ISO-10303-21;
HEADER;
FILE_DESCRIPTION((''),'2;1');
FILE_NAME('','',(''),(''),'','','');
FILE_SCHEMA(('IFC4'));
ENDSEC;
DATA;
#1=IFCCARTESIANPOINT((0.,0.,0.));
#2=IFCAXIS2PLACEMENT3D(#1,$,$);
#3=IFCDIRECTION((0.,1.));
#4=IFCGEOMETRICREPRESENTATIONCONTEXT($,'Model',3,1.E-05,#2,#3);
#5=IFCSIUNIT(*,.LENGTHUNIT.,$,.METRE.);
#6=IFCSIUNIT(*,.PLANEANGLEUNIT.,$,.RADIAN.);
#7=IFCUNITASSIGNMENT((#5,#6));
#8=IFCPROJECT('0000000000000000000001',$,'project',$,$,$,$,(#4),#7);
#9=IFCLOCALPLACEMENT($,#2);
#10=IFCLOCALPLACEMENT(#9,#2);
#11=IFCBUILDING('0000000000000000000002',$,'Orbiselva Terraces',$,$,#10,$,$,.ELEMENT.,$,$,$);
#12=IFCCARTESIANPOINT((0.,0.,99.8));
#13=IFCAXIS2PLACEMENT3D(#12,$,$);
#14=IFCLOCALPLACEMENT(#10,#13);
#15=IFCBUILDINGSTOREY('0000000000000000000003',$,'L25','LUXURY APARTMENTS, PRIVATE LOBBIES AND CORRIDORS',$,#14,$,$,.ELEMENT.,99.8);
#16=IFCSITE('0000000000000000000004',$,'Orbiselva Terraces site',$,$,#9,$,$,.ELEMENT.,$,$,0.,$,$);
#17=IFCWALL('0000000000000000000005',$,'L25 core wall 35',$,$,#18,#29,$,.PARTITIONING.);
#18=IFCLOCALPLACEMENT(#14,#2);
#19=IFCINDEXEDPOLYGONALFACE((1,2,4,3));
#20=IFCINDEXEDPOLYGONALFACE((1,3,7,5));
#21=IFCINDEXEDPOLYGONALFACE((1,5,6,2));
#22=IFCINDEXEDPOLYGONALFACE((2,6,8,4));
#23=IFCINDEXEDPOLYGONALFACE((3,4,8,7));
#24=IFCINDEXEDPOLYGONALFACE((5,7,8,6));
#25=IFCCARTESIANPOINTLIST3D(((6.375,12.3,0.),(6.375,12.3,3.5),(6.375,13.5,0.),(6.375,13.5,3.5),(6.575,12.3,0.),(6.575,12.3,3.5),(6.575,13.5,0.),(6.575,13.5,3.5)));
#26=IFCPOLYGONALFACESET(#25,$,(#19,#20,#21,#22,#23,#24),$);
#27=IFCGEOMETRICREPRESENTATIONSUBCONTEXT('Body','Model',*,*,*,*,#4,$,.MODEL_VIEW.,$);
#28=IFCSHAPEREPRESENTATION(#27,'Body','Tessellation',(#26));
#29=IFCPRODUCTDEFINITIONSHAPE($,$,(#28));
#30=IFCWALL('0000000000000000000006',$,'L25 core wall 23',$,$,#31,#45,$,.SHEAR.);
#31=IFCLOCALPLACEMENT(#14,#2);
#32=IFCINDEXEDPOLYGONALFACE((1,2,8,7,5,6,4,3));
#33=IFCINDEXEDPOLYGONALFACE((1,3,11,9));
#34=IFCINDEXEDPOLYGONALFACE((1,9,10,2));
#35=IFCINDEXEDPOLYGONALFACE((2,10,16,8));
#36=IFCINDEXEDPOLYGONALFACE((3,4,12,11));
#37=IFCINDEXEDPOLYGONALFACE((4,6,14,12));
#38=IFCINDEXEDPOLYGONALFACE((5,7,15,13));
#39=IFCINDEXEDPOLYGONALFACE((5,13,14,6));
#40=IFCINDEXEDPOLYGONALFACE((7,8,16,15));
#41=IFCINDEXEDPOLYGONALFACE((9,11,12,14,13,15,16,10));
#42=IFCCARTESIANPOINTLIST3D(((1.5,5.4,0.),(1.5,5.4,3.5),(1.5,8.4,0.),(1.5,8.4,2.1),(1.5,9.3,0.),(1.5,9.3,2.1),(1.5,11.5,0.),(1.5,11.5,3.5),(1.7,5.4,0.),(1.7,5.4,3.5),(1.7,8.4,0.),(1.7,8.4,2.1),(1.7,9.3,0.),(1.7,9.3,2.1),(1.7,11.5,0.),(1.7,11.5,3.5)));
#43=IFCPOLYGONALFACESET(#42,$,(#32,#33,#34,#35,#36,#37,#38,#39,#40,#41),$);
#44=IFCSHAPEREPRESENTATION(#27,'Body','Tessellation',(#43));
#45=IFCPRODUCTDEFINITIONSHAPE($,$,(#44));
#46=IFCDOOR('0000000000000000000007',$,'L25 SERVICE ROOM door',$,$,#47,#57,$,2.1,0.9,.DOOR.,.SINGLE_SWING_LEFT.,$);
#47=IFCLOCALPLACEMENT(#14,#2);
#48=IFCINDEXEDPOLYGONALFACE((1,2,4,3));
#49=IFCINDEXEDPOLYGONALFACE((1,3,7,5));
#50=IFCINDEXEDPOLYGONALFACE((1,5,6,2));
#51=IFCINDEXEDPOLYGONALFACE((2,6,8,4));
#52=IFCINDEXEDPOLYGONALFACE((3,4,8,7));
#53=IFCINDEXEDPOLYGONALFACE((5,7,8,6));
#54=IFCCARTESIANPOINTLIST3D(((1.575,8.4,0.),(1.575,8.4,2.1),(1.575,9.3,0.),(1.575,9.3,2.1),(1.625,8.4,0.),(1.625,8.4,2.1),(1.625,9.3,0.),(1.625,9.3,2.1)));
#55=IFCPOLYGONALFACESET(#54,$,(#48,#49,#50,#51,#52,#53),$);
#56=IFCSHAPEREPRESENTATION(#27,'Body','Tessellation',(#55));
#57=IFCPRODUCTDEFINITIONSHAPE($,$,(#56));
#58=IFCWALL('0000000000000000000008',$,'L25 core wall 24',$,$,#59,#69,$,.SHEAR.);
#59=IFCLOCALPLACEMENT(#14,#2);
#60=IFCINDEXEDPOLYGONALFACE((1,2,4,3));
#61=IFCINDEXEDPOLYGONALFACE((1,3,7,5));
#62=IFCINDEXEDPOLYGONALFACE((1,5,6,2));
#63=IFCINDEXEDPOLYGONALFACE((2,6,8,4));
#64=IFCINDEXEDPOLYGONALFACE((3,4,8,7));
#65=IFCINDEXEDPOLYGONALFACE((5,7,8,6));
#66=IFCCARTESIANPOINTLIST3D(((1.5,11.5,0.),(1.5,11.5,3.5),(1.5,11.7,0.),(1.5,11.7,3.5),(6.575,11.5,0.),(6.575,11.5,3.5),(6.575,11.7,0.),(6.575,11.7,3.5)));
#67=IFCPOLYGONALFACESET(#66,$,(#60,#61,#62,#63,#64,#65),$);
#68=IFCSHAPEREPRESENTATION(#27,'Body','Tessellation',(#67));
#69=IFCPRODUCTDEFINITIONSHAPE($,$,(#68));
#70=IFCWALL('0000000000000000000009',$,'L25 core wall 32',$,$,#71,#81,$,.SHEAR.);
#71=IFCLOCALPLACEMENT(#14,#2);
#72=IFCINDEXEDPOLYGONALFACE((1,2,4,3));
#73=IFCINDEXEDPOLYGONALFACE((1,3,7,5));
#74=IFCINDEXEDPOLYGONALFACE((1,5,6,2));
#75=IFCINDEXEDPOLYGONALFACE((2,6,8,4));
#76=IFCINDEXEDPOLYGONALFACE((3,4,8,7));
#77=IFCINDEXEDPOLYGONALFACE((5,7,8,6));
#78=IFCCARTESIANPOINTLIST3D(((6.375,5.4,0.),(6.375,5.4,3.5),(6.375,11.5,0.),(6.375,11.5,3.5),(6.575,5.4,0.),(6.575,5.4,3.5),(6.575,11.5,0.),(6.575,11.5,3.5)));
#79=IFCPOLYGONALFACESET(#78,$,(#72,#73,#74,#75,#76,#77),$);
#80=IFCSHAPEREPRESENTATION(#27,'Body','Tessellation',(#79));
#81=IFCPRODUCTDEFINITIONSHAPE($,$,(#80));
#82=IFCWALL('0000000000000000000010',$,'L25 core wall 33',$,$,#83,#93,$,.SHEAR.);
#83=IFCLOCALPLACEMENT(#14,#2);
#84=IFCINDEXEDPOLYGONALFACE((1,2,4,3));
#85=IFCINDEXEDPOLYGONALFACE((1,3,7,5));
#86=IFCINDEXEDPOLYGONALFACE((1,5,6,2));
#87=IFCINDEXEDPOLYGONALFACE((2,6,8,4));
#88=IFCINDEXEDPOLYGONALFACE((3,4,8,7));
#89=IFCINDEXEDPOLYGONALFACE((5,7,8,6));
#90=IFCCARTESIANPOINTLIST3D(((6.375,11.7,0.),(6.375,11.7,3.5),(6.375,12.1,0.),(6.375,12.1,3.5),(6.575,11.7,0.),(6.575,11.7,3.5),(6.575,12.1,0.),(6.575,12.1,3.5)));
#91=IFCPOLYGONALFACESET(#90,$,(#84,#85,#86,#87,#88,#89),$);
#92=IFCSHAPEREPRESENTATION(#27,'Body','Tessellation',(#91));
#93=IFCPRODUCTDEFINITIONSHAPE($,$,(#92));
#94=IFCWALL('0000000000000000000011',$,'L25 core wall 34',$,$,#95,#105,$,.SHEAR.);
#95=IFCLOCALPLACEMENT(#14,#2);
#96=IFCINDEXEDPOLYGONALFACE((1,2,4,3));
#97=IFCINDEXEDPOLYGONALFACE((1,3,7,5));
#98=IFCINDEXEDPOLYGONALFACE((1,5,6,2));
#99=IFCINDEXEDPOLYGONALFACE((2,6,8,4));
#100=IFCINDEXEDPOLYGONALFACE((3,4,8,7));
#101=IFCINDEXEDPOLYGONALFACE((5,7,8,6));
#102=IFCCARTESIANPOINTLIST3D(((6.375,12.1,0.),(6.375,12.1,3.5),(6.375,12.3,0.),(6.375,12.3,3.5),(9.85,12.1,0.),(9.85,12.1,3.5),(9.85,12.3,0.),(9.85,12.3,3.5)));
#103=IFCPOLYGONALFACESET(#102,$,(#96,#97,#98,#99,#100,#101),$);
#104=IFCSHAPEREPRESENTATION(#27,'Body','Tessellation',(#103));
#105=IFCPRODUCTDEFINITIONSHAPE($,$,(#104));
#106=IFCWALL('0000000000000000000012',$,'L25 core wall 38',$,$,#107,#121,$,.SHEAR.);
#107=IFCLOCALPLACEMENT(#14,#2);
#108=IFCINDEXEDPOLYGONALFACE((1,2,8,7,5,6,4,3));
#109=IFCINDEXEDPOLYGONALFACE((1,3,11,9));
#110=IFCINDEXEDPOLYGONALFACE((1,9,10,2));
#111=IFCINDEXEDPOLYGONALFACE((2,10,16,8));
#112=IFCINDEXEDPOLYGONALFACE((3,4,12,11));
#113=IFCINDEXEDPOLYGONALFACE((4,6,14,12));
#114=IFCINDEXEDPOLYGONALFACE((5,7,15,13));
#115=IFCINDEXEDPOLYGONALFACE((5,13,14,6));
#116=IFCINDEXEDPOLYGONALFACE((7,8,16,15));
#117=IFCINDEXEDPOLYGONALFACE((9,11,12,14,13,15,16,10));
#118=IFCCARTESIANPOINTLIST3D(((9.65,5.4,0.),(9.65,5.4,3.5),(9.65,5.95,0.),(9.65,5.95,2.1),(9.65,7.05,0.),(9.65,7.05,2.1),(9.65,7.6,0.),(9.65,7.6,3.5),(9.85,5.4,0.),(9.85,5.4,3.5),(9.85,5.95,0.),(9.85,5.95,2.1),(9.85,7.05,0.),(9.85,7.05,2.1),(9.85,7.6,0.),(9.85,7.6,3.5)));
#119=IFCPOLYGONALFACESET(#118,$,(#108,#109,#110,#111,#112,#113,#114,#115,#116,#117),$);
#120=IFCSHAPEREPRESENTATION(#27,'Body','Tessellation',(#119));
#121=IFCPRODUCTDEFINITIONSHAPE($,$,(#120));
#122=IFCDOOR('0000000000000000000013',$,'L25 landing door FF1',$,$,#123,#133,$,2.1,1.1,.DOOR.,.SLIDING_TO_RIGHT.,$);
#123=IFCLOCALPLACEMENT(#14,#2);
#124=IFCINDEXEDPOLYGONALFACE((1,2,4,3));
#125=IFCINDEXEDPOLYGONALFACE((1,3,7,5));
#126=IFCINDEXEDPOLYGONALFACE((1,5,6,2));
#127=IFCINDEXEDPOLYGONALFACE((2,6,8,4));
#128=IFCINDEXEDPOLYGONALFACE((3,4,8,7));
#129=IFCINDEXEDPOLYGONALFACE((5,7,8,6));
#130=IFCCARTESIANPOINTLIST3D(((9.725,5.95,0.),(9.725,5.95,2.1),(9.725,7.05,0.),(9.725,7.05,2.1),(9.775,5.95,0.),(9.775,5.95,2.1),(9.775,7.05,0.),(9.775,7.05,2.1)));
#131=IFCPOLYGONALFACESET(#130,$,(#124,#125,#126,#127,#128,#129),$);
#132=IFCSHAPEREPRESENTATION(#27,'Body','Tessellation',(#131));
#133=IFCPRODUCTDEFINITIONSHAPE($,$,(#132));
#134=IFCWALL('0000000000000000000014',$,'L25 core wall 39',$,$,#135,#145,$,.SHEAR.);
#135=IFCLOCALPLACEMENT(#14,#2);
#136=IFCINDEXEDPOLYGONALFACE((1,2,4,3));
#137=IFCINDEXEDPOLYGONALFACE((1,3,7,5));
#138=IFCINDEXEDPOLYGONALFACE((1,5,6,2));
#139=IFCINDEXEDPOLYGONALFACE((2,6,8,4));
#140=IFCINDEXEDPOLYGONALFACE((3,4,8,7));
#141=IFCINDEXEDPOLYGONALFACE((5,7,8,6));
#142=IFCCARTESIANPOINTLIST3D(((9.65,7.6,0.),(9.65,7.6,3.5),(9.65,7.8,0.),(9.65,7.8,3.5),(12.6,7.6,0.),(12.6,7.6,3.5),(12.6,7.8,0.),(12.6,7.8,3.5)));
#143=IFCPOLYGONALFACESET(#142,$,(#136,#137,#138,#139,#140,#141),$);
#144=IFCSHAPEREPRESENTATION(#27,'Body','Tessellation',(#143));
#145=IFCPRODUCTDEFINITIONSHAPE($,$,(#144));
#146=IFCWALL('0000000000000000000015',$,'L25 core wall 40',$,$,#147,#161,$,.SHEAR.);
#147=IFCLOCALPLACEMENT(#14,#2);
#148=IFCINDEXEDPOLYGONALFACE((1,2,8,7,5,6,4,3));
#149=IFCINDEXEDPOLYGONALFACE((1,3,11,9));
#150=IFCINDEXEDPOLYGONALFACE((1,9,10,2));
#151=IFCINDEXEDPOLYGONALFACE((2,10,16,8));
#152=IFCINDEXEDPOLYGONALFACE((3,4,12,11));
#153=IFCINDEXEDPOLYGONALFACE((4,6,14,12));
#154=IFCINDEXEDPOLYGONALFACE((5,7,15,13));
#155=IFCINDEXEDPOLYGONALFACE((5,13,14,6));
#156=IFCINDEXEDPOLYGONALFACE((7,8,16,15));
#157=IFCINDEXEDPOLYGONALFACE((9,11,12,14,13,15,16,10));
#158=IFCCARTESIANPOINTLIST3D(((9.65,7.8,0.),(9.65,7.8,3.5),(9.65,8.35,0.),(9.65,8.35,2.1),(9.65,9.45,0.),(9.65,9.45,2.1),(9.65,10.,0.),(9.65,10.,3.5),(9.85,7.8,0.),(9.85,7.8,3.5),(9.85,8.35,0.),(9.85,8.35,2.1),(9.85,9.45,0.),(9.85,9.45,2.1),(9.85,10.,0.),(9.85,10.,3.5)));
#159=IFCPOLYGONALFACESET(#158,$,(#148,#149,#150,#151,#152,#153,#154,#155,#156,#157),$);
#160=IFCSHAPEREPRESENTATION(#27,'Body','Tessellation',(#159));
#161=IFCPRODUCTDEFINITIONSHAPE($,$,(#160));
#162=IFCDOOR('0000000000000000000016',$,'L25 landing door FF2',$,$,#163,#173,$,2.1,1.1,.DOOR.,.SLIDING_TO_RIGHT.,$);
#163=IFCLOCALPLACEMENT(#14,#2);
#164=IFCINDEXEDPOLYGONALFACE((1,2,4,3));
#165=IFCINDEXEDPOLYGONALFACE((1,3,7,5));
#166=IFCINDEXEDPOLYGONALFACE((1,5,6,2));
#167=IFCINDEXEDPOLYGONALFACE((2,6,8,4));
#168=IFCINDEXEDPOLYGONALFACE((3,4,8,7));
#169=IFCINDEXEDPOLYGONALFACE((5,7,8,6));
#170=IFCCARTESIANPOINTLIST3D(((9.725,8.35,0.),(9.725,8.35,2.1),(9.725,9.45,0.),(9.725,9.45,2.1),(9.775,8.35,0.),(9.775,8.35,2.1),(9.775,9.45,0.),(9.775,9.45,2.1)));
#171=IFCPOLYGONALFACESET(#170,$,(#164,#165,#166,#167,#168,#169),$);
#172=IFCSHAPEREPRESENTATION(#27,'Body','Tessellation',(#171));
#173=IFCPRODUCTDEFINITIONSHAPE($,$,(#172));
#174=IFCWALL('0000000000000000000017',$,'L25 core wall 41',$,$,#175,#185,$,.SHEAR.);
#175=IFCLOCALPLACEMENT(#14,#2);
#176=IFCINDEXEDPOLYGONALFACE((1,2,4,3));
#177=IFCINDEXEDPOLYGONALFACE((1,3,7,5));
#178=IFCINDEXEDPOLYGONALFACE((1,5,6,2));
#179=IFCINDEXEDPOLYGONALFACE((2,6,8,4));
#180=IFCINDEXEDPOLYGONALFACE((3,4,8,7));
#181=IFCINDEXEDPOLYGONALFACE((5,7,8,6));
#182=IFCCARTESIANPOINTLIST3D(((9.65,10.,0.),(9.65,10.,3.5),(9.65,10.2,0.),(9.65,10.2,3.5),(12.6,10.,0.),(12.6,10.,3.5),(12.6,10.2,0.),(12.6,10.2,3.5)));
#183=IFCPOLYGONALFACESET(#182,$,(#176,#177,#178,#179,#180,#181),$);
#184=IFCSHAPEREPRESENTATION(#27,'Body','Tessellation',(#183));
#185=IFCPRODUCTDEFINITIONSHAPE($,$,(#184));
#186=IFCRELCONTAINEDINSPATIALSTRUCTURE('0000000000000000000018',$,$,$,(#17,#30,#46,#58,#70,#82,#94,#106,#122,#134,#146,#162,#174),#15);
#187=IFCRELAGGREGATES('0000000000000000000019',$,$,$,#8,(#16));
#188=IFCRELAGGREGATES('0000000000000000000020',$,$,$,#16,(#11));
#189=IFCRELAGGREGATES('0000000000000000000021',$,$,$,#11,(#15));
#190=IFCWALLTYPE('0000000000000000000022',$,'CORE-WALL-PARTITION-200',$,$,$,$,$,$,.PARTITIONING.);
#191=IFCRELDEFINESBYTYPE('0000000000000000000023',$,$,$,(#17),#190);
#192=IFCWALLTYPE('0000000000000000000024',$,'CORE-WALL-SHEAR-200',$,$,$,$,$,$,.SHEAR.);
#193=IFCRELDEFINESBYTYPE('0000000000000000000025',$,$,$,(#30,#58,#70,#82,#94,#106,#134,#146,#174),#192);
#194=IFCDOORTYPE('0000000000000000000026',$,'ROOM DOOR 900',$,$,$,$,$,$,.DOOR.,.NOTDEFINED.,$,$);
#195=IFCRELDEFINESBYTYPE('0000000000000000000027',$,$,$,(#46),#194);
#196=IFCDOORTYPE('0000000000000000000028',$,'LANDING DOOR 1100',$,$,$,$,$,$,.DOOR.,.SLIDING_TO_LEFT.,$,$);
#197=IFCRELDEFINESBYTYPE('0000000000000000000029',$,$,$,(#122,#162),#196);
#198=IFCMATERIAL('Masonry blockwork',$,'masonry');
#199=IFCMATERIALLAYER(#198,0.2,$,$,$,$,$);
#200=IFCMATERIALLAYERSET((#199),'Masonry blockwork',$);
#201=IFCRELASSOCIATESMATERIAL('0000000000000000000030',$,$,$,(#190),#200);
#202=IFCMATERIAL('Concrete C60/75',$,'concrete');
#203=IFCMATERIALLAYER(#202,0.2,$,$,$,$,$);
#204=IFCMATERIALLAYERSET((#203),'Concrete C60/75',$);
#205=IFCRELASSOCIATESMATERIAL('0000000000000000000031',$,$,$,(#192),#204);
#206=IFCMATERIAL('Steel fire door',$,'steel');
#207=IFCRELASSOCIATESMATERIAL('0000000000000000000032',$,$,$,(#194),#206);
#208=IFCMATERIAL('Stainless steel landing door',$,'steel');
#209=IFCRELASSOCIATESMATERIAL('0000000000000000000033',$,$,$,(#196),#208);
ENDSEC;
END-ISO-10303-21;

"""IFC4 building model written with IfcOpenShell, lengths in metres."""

from ifc_helpers import new_model, si_unit, direction, frame, frame_2d, origin, place, context, subcontext, project, spatial, rectangle, extrude, material, layer, layer_set, type_object, element, fill, save


model = new_model("IFC4")

# Units and contexts
model_context = context("Model", 3, precision=1e-05, world=origin(), true_north=direction((0.0, 1.0)))
body_context = subcontext(model_context, "Body", "Model", "MODEL_VIEW")
ifc_project = project(units=[si_unit("LENGTHUNIT", "METRE"), si_unit("PLANEANGLEUNIT", "RADIAN")], contexts=[model_context])

# Site, building, storey
site_placement = place(None, origin())
site = spatial("IfcSite", under=ifc_project, at=site_placement, Name="Orbiselva Terraces site", CompositionType="ELEMENT", RefElevation=0.0)
building_placement = place(site_placement, origin())
building = spatial("IfcBuilding", under=site, at=building_placement, Name="Orbiselva Terraces", CompositionType="ELEMENT")
storey_placement = place(building_placement, frame((0.0, 0.0, 99.8)))
storey = spatial("IfcBuildingStorey", under=building, at=storey_placement, Name="L25", Description="LUXURY APARTMENTS, PRIVATE LOBBIES AND CORRIDORS", CompositionType="ELEMENT", Elevation=99.8)

# Wall
ifc_material_1 = material(Name="Masonry blockwork", Category="masonry")
ifc_layer_1 = layer(ifc_material_1, 0.2)
ifc_layer_set_1 = layer_set([ifc_layer_1], Name="Masonry blockwork")
wall_type_1 = type_object("IfcWallType", Name="CORE-WALL-PARTITION-200", PredefinedType="PARTITIONING", material=ifc_layer_set_1)
wall_1_placement = place(storey_placement, frame((6.475, 12.3, 0.0), z_axis=(0.0, 0.0, 1.0), x_axis=(0.0, 1.0, 0.0)))
element("IfcWall", 1, at=wall_1_placement, inside=storey, type_object=wall_type_1, Name="L25 core wall 35", PredefinedType="PARTITIONING", context=body_context, shape_type="SweptSolid", body=[
    extrude(rectangle(XDim=1.2, YDim=0.2, at=frame_2d((0.6, 0.0))), origin(), (0.0, 0.0, 1.0), 3.5),
])

# Wall, opening, door
ifc_material_2 = material(Name="Concrete C60/75", Category="concrete")
ifc_layer_2 = layer(ifc_material_2, 0.2)
ifc_layer_set_2 = layer_set([ifc_layer_2], Name="Concrete C60/75")
wall_type_2 = type_object("IfcWallType", Name="CORE-WALL-SHEAR-200", PredefinedType="SHEAR", material=ifc_layer_set_2)
wall_2_placement = place(storey_placement, frame((1.6, 11.5, 0.0), z_axis=(0.0, 0.0, 1.0), x_axis=(0.0, -1.0, 0.0)))
wall_2 = element("IfcWall", 2, at=wall_2_placement, inside=storey, type_object=wall_type_2, Name="L25 core wall 23", PredefinedType="SHEAR", context=body_context, shape_type="SweptSolid", body=[
    extrude(rectangle(XDim=6.1, YDim=0.2, at=frame_2d((3.05, 0.0))), origin(), (0.0, 0.0, 1.0), 3.5),
])
opening_1_placement = place(wall_2_placement, frame((2.2, 0.0, 0.0)))
opening_1 = element("IfcOpeningElement", 3, at=opening_1_placement, cuts=wall_2, PredefinedType="OPENING", context=body_context, shape_type="SweptSolid", body=[
    extrude(rectangle(XDim=0.9, YDim=2.1, at=frame_2d((0.45, 1.05))), frame((0.0, 0.11, 0.0), z_axis=(0.0, -1.0, 0.0), x_axis=(1.0, 0.0, 0.0)), (0.0, 0.0, 1.0), 0.22),
])
ifc_material_3 = material(Name="Steel fire door", Category="steel")
door_type_1 = type_object("IfcDoorType", Name="ROOM DOOR 900", OperationType="NOTDEFINED", PredefinedType="DOOR", material=ifc_material_3)
door_1_placement = place(opening_1_placement, origin())
door_1 = element("IfcDoor", 4, at=door_1_placement, inside=storey, type_object=door_type_1, Name="L25 SERVICE ROOM door", OperationType="SINGLE_SWING_LEFT", OverallHeight=2.1, OverallWidth=0.9, PredefinedType="DOOR", context=body_context, shape_type="SweptSolid", body=[
    extrude(rectangle(XDim=0.9, YDim=2.1, at=frame_2d((0.45, 1.05))), frame((0.0, 0.025, 0.0), z_axis=(0.0, -1.0, 0.0), x_axis=(1.0, 0.0, 0.0)), (0.0, 0.0, 1.0), 0.05),
])
fill(opening_1, door_1)

# Walls
wall_3_placement = place(storey_placement, frame((1.5, 11.6, 0.0), z_axis=(0.0, 0.0, 1.0), x_axis=(1.0, 0.0, 0.0)))
element("IfcWall", 5, at=wall_3_placement, inside=storey, type_object=wall_type_2, Name="L25 core wall 24", PredefinedType="SHEAR", context=body_context, shape_type="SweptSolid", body=[
    extrude(rectangle(XDim=5.075, YDim=0.2, at=frame_2d((2.5375, 0.0))), origin(), (0.0, 0.0, 1.0), 3.5),
])
wall_4_placement = place(storey_placement, frame((6.475, 5.4, 0.0), z_axis=(0.0, 0.0, 1.0), x_axis=(0.0, 1.0, 0.0)))
element("IfcWall", 6, at=wall_4_placement, inside=storey, type_object=wall_type_2, Name="L25 core wall 32", PredefinedType="SHEAR", context=body_context, shape_type="SweptSolid", body=[
    extrude(rectangle(XDim=6.1, YDim=0.2, at=frame_2d((3.05, 0.0))), origin(), (0.0, 0.0, 1.0), 3.5),
])
wall_5_placement = place(storey_placement, frame((6.475, 11.7, 0.0), z_axis=(0.0, 0.0, 1.0), x_axis=(0.0, 1.0, 0.0)))
element("IfcWall", 7, at=wall_5_placement, inside=storey, type_object=wall_type_2, Name="L25 core wall 33", PredefinedType="SHEAR", context=body_context, shape_type="SweptSolid", body=[
    extrude(rectangle(XDim=0.4, YDim=0.2, at=frame_2d((0.2, 0.0))), origin(), (0.0, 0.0, 1.0), 3.5),
])
wall_6_placement = place(storey_placement, frame((6.375, 12.2, 0.0), z_axis=(0.0, 0.0, 1.0), x_axis=(1.0, 0.0, 0.0)))
element("IfcWall", 8, at=wall_6_placement, inside=storey, type_object=wall_type_2, Name="L25 core wall 34", PredefinedType="SHEAR", context=body_context, shape_type="SweptSolid", body=[
    extrude(rectangle(XDim=3.475, YDim=0.2, at=frame_2d((1.7375, 0.0))), origin(), (0.0, 0.0, 1.0), 3.5),
])

# Wall, opening, door
wall_7_placement = place(storey_placement, frame((9.75, 5.4, 0.0), z_axis=(0.0, 0.0, 1.0), x_axis=(0.0, 1.0, 0.0)))
wall_7 = element("IfcWall", 9, at=wall_7_placement, inside=storey, type_object=wall_type_2, Name="L25 core wall 38", PredefinedType="SHEAR", context=body_context, shape_type="SweptSolid", body=[
    extrude(rectangle(XDim=2.2, YDim=0.2, at=frame_2d((1.1, 0.0))), origin(), (0.0, 0.0, 1.0), 3.5),
])
opening_2_placement = place(wall_7_placement, frame((0.55, 0.0, 0.0)))
opening_2 = element("IfcOpeningElement", 10, at=opening_2_placement, cuts=wall_7, PredefinedType="OPENING", context=body_context, shape_type="SweptSolid", body=[
    extrude(rectangle(XDim=1.1, YDim=2.1, at=frame_2d((0.55, 1.05))), frame((0.0, 0.11, 0.0), z_axis=(0.0, -1.0, 0.0), x_axis=(1.0, 0.0, 0.0)), (0.0, 0.0, 1.0), 0.22),
])
ifc_material_4 = material(Name="Stainless steel landing door", Category="steel")
door_type_2 = type_object("IfcDoorType", Name="LANDING DOOR 1100", OperationType="SLIDING_TO_LEFT", PredefinedType="DOOR", material=ifc_material_4)
door_2_placement = place(opening_2_placement, origin())
door_2 = element("IfcDoor", 11, at=door_2_placement, inside=storey, type_object=door_type_2, Name="L25 landing door FF1", OperationType="SLIDING_TO_RIGHT", OverallHeight=2.1, OverallWidth=1.1, PredefinedType="DOOR", context=body_context, shape_type="SweptSolid", body=[
    extrude(rectangle(XDim=1.1, YDim=2.1, at=frame_2d((0.55, 1.05))), frame((0.0, 0.025, 0.0), z_axis=(0.0, -1.0, 0.0), x_axis=(1.0, 0.0, 0.0)), (0.0, 0.0, 1.0), 0.05),
])
fill(opening_2, door_2)

# Wall
wall_8_placement = place(storey_placement, frame((9.65, 7.7, 0.0), z_axis=(0.0, 0.0, 1.0), x_axis=(1.0, 0.0, 0.0)))
element("IfcWall", 12, at=wall_8_placement, inside=storey, type_object=wall_type_2, Name="L25 core wall 39", PredefinedType="SHEAR", context=body_context, shape_type="SweptSolid", body=[
    extrude(rectangle(XDim=2.95, YDim=0.2, at=frame_2d((1.475, 0.0))), origin(), (0.0, 0.0, 1.0), 3.5),
])

# Wall, opening, door
wall_9_placement = place(storey_placement, frame((9.75, 7.8, 0.0), z_axis=(0.0, 0.0, 1.0), x_axis=(0.0, 1.0, 0.0)))
wall_9 = element("IfcWall", 13, at=wall_9_placement, inside=storey, type_object=wall_type_2, Name="L25 core wall 40", PredefinedType="SHEAR", context=body_context, shape_type="SweptSolid", body=[
    extrude(rectangle(XDim=2.2, YDim=0.2, at=frame_2d((1.1, 0.0))), origin(), (0.0, 0.0, 1.0), 3.5),
])
opening_3_placement = place(wall_9_placement, frame((0.55, 0.0, 0.0)))
opening_3 = element("IfcOpeningElement", 14, at=opening_3_placement, cuts=wall_9, PredefinedType="OPENING", context=body_context, shape_type="SweptSolid", body=[
    extrude(rectangle(XDim=1.1, YDim=2.1, at=frame_2d((0.55, 1.05))), frame((0.0, 0.11, 0.0), z_axis=(0.0, -1.0, 0.0), x_axis=(1.0, 0.0, 0.0)), (0.0, 0.0, 1.0), 0.22),
])
door_3_placement = place(opening_3_placement, origin())
door_3 = element("IfcDoor", 15, at=door_3_placement, inside=storey, type_object=door_type_2, Name="L25 landing door FF2", OperationType="SLIDING_TO_RIGHT", OverallHeight=2.1, OverallWidth=1.1, PredefinedType="DOOR", context=body_context, shape_type="SweptSolid", body=[
    extrude(rectangle(XDim=1.1, YDim=2.1, at=frame_2d((0.55, 1.05))), frame((0.0, 0.025, 0.0), z_axis=(0.0, -1.0, 0.0), x_axis=(1.0, 0.0, 0.0)), (0.0, 0.0, 1.0), 0.05),
])
fill(opening_3, door_3)

# Wall
wall_10_placement = place(storey_placement, frame((9.65, 10.1, 0.0), z_axis=(0.0, 0.0, 1.0), x_axis=(1.0, 0.0, 0.0)))
element("IfcWall", 16, at=wall_10_placement, inside=storey, type_object=wall_type_2, Name="L25 core wall 41", PredefinedType="SHEAR", context=body_context, shape_type="SweptSolid", body=[
    extrude(rectangle(XDim=2.95, YDim=0.2, at=frame_2d((1.475, 0.0))), origin(), (0.0, 0.0, 1.0), 3.5),
])

save(model, "model.ifc")
